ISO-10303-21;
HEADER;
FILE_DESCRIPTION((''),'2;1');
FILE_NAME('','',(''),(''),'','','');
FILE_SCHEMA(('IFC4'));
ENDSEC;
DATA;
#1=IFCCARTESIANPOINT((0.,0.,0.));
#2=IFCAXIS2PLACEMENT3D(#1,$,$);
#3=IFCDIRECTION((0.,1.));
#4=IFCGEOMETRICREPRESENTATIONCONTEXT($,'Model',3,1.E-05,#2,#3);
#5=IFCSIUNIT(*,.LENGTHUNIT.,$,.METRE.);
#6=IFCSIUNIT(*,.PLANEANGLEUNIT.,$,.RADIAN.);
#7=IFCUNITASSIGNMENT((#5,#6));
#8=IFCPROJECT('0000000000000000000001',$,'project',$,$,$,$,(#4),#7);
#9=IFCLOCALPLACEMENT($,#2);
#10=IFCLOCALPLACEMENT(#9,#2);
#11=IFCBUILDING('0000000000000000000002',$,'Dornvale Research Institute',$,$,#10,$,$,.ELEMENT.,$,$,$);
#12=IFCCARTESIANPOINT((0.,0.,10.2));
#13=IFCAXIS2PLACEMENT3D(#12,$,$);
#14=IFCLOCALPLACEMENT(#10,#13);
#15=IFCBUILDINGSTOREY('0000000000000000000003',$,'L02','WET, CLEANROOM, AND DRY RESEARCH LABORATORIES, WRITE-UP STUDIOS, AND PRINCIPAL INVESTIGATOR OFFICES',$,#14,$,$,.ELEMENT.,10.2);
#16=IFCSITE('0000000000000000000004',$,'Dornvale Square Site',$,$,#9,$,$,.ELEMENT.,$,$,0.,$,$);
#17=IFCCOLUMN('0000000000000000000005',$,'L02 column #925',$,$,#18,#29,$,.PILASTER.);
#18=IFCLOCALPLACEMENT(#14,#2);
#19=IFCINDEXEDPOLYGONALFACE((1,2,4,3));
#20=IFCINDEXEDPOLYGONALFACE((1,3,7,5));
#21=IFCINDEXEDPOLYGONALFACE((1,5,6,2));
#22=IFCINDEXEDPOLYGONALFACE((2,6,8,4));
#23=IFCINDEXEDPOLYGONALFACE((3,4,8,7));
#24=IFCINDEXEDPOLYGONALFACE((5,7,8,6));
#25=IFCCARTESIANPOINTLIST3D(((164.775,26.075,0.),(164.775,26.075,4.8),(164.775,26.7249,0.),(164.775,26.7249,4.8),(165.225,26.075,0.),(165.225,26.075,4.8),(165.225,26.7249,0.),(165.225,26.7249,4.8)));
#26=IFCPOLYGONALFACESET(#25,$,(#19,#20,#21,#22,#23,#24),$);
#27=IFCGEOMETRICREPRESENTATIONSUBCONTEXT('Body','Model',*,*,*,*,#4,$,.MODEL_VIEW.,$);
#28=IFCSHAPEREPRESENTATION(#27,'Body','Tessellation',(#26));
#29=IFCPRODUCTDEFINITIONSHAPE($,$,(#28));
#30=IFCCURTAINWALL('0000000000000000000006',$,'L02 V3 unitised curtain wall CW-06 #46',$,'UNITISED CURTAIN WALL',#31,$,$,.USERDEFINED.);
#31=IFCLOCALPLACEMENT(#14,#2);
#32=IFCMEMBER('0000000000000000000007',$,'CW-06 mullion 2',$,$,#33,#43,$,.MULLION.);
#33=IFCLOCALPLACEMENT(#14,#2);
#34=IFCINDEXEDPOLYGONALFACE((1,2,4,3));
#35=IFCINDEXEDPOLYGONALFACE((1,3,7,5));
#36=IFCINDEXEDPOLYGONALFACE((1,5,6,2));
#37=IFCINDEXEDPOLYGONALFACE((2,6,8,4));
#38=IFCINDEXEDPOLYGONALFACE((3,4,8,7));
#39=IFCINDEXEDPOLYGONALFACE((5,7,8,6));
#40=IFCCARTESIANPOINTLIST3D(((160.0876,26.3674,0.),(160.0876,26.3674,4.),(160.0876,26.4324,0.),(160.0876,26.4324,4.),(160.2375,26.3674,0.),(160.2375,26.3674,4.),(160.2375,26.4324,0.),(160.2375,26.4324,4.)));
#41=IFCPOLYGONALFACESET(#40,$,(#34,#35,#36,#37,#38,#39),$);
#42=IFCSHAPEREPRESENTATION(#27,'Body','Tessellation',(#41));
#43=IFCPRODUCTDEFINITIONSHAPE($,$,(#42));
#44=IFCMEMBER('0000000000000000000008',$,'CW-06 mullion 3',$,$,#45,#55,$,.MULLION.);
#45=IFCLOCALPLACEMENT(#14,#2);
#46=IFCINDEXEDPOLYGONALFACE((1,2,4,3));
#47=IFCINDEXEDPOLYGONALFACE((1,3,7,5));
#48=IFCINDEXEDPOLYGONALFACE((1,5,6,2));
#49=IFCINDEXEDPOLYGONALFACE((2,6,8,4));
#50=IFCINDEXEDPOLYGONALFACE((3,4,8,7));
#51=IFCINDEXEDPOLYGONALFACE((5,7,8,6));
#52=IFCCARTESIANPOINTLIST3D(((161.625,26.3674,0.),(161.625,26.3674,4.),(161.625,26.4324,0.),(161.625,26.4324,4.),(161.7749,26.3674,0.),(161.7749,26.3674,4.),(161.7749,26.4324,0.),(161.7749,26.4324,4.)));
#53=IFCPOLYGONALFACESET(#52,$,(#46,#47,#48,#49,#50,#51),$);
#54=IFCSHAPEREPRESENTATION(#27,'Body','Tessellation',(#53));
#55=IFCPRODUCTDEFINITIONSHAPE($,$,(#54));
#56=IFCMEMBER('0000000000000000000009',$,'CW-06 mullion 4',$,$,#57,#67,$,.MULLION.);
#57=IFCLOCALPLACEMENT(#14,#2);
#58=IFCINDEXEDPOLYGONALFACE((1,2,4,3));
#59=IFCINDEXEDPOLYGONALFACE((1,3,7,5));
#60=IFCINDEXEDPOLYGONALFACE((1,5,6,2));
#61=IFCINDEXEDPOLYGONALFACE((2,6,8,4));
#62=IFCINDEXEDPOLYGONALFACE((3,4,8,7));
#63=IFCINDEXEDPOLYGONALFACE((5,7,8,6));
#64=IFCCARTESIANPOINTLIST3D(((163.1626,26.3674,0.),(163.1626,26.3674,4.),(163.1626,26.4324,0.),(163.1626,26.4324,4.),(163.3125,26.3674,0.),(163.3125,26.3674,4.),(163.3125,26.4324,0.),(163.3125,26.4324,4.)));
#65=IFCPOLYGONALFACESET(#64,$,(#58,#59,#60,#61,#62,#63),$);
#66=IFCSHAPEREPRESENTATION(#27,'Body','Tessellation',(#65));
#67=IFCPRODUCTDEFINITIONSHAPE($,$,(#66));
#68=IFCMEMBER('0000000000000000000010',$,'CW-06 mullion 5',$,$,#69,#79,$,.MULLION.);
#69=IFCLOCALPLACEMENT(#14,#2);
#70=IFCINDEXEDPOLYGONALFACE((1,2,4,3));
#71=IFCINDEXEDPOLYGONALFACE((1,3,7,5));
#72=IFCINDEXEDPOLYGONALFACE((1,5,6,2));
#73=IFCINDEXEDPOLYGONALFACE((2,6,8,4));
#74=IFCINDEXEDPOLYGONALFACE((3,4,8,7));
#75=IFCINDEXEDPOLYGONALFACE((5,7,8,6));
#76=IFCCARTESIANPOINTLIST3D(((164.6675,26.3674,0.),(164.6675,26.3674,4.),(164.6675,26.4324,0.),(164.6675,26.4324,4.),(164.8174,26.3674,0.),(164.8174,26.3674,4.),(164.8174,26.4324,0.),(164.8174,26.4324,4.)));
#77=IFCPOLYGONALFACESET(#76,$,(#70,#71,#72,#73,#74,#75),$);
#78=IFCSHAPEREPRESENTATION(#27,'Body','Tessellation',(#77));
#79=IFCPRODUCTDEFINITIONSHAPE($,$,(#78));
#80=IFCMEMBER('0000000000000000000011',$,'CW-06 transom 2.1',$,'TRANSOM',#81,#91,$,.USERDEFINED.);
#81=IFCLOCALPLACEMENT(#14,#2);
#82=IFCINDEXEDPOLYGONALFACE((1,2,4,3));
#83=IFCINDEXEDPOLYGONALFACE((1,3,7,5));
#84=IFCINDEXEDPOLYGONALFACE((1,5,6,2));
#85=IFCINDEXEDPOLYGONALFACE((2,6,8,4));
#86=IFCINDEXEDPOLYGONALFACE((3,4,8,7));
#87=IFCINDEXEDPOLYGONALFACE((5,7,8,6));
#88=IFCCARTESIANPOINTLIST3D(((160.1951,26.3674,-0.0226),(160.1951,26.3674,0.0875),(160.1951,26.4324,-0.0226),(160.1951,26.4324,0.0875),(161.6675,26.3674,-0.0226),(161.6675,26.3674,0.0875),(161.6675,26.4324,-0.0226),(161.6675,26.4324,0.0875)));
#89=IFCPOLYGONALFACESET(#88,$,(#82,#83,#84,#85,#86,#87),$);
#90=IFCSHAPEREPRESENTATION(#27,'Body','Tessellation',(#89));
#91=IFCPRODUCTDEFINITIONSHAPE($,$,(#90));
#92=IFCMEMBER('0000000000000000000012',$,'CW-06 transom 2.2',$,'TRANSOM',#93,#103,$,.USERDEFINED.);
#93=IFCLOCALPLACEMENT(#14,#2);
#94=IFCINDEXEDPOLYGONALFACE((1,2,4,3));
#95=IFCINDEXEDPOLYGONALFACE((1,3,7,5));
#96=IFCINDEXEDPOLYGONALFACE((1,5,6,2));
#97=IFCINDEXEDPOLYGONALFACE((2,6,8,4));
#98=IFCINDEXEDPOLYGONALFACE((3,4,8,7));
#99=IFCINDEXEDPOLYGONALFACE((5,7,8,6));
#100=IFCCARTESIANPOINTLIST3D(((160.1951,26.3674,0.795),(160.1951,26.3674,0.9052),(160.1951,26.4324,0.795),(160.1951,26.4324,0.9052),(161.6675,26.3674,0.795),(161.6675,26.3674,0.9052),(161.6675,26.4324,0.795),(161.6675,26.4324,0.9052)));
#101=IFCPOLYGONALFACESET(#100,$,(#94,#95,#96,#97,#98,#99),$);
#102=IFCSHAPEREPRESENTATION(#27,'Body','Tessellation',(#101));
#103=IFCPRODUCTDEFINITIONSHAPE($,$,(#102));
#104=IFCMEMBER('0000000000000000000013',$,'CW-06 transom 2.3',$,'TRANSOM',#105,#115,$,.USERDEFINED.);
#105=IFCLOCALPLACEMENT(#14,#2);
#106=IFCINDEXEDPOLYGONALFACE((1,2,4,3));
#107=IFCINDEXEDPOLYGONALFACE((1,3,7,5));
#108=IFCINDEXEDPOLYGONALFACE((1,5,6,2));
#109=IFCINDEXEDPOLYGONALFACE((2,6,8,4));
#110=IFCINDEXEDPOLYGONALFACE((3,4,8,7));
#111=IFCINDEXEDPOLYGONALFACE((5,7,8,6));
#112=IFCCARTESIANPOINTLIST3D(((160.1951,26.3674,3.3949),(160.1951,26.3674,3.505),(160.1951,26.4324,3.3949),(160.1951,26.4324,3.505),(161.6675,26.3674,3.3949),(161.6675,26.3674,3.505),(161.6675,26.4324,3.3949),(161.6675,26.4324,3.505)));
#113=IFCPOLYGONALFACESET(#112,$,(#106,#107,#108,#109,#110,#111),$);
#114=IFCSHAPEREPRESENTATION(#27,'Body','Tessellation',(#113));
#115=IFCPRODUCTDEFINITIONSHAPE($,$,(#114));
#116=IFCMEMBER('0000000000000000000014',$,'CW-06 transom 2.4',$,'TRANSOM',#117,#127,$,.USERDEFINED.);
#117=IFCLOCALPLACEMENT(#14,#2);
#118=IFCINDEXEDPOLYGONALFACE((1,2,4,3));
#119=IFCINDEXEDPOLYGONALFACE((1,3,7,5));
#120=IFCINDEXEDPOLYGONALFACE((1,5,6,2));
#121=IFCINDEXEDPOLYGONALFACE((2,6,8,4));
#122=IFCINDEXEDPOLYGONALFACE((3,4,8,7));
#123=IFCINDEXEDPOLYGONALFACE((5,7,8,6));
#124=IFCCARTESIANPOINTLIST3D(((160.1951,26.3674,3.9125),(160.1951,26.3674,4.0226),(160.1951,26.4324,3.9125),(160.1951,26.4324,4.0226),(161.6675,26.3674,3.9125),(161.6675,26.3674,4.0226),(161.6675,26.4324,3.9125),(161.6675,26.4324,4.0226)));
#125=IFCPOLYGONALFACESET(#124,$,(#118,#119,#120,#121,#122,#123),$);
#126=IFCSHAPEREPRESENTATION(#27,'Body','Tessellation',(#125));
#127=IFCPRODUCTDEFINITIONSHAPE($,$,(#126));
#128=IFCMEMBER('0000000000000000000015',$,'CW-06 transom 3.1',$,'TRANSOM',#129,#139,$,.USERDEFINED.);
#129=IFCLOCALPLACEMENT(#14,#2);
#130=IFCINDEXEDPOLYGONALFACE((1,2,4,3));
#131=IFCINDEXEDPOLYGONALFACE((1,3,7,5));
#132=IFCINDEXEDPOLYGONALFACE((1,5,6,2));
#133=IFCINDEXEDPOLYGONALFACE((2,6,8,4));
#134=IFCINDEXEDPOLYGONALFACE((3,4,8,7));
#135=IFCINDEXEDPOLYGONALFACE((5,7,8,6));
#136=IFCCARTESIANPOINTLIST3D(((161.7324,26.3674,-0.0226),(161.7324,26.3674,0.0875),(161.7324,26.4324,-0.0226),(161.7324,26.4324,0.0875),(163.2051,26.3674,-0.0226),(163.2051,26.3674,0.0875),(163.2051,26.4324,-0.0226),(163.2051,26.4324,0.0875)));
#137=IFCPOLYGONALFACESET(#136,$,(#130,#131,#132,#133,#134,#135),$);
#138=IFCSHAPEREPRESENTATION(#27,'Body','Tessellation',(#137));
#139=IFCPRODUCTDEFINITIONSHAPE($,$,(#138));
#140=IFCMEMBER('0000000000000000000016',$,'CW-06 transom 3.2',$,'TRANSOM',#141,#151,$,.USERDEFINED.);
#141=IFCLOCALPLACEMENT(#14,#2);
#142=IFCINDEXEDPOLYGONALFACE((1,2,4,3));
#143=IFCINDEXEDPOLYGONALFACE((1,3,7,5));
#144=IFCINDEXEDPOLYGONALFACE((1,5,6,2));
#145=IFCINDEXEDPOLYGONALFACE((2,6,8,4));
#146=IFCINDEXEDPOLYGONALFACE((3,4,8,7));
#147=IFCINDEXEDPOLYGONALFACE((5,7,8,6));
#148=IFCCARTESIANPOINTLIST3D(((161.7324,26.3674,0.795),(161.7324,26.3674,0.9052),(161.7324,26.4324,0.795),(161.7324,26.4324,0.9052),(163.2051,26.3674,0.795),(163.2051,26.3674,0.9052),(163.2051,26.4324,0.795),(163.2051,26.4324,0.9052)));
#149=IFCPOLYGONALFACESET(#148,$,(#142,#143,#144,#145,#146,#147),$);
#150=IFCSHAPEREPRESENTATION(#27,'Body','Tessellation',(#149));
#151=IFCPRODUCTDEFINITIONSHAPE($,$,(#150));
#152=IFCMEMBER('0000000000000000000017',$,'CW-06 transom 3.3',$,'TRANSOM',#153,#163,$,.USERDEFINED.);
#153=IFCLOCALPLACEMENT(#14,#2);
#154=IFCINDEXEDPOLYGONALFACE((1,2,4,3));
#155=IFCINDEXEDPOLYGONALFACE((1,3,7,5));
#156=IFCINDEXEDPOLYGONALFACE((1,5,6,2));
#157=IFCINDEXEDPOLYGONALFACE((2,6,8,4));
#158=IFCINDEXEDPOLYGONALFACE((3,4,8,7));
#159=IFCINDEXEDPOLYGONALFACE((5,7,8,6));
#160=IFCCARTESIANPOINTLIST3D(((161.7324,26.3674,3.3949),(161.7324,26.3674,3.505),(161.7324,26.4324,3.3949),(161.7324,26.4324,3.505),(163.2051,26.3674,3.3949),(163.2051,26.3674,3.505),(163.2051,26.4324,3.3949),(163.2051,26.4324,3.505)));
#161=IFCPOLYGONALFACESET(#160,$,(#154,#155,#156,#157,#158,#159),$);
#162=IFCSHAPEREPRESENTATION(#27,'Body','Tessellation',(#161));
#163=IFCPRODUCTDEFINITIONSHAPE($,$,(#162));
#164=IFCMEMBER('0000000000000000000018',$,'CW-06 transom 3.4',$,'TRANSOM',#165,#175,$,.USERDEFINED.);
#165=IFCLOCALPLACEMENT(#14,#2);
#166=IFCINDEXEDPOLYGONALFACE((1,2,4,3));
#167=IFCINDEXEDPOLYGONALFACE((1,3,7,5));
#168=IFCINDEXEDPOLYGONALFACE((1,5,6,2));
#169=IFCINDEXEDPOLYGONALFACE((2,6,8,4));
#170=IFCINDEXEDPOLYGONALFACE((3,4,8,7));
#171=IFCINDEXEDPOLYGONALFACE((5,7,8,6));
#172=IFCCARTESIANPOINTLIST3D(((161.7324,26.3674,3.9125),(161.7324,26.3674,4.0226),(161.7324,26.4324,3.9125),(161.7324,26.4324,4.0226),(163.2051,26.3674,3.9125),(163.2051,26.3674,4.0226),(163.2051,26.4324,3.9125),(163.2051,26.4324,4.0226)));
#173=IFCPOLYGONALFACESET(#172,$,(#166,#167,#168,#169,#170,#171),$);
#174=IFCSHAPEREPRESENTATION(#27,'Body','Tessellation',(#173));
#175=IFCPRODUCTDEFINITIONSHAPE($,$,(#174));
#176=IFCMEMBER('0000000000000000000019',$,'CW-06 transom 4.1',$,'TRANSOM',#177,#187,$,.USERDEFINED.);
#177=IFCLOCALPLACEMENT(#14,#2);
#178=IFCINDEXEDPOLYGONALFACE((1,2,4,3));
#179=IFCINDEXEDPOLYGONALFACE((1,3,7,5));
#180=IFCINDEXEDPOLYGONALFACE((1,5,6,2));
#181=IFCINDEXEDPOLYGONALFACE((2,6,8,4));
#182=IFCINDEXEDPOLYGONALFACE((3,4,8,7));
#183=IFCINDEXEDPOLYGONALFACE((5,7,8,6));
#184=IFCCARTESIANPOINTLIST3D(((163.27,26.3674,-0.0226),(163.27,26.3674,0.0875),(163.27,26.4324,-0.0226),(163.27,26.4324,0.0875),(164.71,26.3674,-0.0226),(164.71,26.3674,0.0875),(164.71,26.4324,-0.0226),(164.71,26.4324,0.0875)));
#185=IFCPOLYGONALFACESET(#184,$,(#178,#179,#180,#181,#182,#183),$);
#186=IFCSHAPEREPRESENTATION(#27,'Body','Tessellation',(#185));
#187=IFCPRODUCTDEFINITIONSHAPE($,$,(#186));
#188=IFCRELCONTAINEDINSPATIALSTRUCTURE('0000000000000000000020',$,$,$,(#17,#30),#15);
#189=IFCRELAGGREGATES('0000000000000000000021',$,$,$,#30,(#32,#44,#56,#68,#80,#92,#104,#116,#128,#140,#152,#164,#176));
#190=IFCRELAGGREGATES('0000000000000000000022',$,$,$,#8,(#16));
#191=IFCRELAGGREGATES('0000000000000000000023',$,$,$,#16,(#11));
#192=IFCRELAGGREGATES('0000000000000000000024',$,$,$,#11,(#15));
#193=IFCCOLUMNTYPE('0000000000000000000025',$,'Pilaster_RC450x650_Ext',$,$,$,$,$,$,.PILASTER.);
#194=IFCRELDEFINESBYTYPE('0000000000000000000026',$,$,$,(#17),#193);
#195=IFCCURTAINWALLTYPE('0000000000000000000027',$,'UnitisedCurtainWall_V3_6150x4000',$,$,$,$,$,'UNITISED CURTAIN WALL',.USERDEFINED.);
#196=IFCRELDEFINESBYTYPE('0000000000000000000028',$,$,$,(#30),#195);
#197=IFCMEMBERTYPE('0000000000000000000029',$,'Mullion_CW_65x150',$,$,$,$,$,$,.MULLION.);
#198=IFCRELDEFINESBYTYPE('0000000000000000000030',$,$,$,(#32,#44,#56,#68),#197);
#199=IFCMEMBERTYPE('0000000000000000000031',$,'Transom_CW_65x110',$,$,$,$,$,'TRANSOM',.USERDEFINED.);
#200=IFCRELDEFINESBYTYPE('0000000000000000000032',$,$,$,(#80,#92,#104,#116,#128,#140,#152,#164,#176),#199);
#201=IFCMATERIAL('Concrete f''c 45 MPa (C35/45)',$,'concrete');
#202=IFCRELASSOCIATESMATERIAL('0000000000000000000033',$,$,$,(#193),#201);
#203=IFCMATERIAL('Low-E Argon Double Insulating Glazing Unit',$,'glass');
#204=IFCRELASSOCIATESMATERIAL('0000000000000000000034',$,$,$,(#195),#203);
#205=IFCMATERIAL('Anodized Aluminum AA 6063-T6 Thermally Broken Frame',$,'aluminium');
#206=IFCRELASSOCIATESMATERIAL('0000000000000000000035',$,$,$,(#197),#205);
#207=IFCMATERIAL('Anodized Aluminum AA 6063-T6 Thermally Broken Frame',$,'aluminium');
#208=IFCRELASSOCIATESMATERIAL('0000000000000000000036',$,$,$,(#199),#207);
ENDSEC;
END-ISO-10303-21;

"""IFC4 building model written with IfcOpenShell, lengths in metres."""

from ifc_helpers import new_model, si_unit, direction, frame, origin, origin_2d, place, context, subcontext, project, spatial, rectangle, extrude, material, material_profile, profile_set, type_object, element, aggregate, save


model = new_model("IFC4")

# Units and contexts
model_context = context("Model", 3, precision=1e-05, world=origin(), true_north=direction((0.0, 1.0)))
body_context = subcontext(model_context, "Body", "Model", "MODEL_VIEW")
ifc_project = project(units=[si_unit("LENGTHUNIT", "METRE"), si_unit("PLANEANGLEUNIT", "RADIAN")], contexts=[model_context])

# Site, building, storey
site_placement = place(None, origin())
site = spatial("IfcSite", under=ifc_project, at=site_placement, Name="Dornvale Square Site", CompositionType="ELEMENT", RefElevation=0.0)
building_placement = place(site_placement, origin())
building = spatial("IfcBuilding", under=site, at=building_placement, Name="Dornvale Research Institute", CompositionType="ELEMENT")
storey_placement = place(building_placement, frame((0.0, 0.0, 10.2)))
storey = spatial("IfcBuildingStorey", under=building, at=storey_placement, Name="L02", Description="WET, CLEANROOM, AND DRY RESEARCH LABORATORIES, WRITE-UP STUDIOS, AND PRINCIPAL INVESTIGATOR OFFICES", CompositionType="ELEMENT", Elevation=10.2)

# Column
ifc_material_1 = material(Name="Concrete f'c 45 MPa (C35/45)", Category="concrete")
ifc_material_profile_1 = material_profile(ifc_material_1, rectangle(XDim=0.45, YDim=0.6499, at=origin_2d()), Name="RC 450x650")
ifc_profile_set_1 = profile_set([ifc_material_profile_1], Name="Concrete f'c 45 MPa (C35/45)")
column_type = type_object("IfcColumnType", Name="Pilaster_RC450x650_Ext", PredefinedType="PILASTER", material=ifc_profile_set_1)
column_placement = place(storey_placement, frame((165.0, 26.3999, 0.0), z_axis=(0.0, 0.0, 1.0), x_axis=(1.0, 0.0, 0.0)))
element("IfcColumn", 1, at=column_placement, inside=storey, type_object=column_type, Name="L02 column #925", PredefinedType="PILASTER", context=body_context, shape_type="SweptSolid", body=[
    extrude(rectangle(XDim=0.45, YDim=0.6499, at=origin_2d()), origin(), (0.0, 0.0, 1.0), 4.8),
])

# Curtain wall, members
ifc_material_2 = material(Name="Low-E Argon Double Insulating Glazing Unit", Category="glass")
curtain_wall_type = type_object("IfcCurtainWallType", Name="UnitisedCurtainWall_V3_6150x4000", ElementType="UNITISED CURTAIN WALL", PredefinedType="USERDEFINED", material=ifc_material_2)
curtain_wall_placement = place(storey_placement, origin())
curtain_wall = element("IfcCurtainWall", 2, at=curtain_wall_placement, inside=storey, type_object=curtain_wall_type, Name="L02 V3 unitised curtain wall CW-06 #46", ObjectType="UNITISED CURTAIN WALL", PredefinedType="USERDEFINED")
ifc_material_3 = material(Name="Anodized Aluminum AA 6063-T6 Thermally Broken Frame", Category="aluminium")
ifc_material_profile_2 = material_profile(ifc_material_3, rectangle(XDim=0.0649, YDim=0.1499, at=origin_2d()), Name="ALU MULLION 65x150")
ifc_profile_set_2 = profile_set([ifc_material_profile_2], Name="Anodized Aluminum AA 6063-T6 Thermally Broken Frame")
member_type_1 = type_object("IfcMemberType", Name="Mullion_CW_65x150", PredefinedType="MULLION", material=ifc_profile_set_2)
member_1_placement = place(storey_placement, frame((160.1626, 26.3999, 0.0), z_axis=(0.0, 0.0, 1.0), x_axis=(0.0, 1.0, 0.0)))
member_1 = element("IfcMember", 3, at=member_1_placement, type_object=member_type_1, Name="CW-06 mullion 2", PredefinedType="MULLION", context=body_context, shape_type="SweptSolid", body=[
    extrude(rectangle(XDim=0.0649, YDim=0.1499, at=origin_2d()), origin(), (0.0, 0.0, 1.0), 4.0),
])
member_2_placement = place(storey_placement, frame((161.7, 26.3999, 0.0), z_axis=(0.0, 0.0, 1.0), x_axis=(0.0, 1.0, 0.0)))
member_2 = element("IfcMember", 4, at=member_2_placement, type_object=member_type_1, Name="CW-06 mullion 3", PredefinedType="MULLION", context=body_context, shape_type="SweptSolid", body=[
    extrude(rectangle(XDim=0.0649, YDim=0.1499, at=origin_2d()), origin(), (0.0, 0.0, 1.0), 4.0),
])
member_3_placement = place(storey_placement, frame((163.2375, 26.3999, 0.0), z_axis=(0.0, 0.0, 1.0), x_axis=(0.0, 1.0, 0.0)))
member_3 = element("IfcMember", 5, at=member_3_placement, type_object=member_type_1, Name="CW-06 mullion 4", PredefinedType="MULLION", context=body_context, shape_type="SweptSolid", body=[
    extrude(rectangle(XDim=0.0649, YDim=0.1499, at=origin_2d()), origin(), (0.0, 0.0, 1.0), 4.0),
])
member_4_placement = place(storey_placement, frame((164.7424, 26.3999, 0.0), z_axis=(0.0, 0.0, 1.0), x_axis=(0.0, 1.0, 0.0)))
member_4 = element("IfcMember", 6, at=member_4_placement, type_object=member_type_1, Name="CW-06 mullion 5", PredefinedType="MULLION", context=body_context, shape_type="SweptSolid", body=[
    extrude(rectangle(XDim=0.0649, YDim=0.1499, at=origin_2d()), origin(), (0.0, 0.0, 1.0), 4.0),
])
ifc_material_4 = material(Name="Anodized Aluminum AA 6063-T6 Thermally Broken Frame", Category="aluminium")
ifc_material_profile_3 = material_profile(ifc_material_4, rectangle(XDim=0.0649, YDim=0.1101, at=origin_2d()), Name="ALU TRANSOM 65x110")
ifc_profile_set_3 = profile_set([ifc_material_profile_3], Name="Anodized Aluminum AA 6063-T6 Thermally Broken Frame")
member_type_2 = type_object("IfcMemberType", Name="Transom_CW_65x110", ElementType="TRANSOM", PredefinedType="USERDEFINED", material=ifc_profile_set_3)
member_5_placement = place(storey_placement, frame((160.1951, 26.3999, 0.0325), z_axis=(1.0, 0.0, 0.0), x_axis=(0.0, 1.0, 0.0)))
member_5 = element("IfcMember", 7, at=member_5_placement, type_object=member_type_2, Name="CW-06 transom 2.1", ObjectType="TRANSOM", PredefinedType="USERDEFINED", context=body_context, shape_type="SweptSolid", body=[
    extrude(rectangle(XDim=0.0649, YDim=0.1101, at=origin_2d()), origin(), (0.0, 0.0, 1.0), 1.4724),
])
member_6_placement = place(storey_placement, frame((160.1951, 26.3999, 0.8501), z_axis=(1.0, 0.0, 0.0), x_axis=(0.0, 1.0, 0.0)))
member_6 = element("IfcMember", 8, at=member_6_placement, type_object=member_type_2, Name="CW-06 transom 2.2", ObjectType="TRANSOM", PredefinedType="USERDEFINED", context=body_context, shape_type="SweptSolid", body=[
    extrude(rectangle(XDim=0.0649, YDim=0.1101, at=origin_2d()), origin(), (0.0, 0.0, 1.0), 1.4724),
])
member_7_placement = place(storey_placement, frame((160.1951, 26.3999, 3.45), z_axis=(1.0, 0.0, 0.0), x_axis=(0.0, 1.0, 0.0)))
member_7 = element("IfcMember", 9, at=member_7_placement, type_object=member_type_2, Name="CW-06 transom 2.3", ObjectType="TRANSOM", PredefinedType="USERDEFINED", context=body_context, shape_type="SweptSolid", body=[
    extrude(rectangle(XDim=0.0649, YDim=0.1101, at=origin_2d()), origin(), (0.0, 0.0, 1.0), 1.4724),
])
member_8_placement = place(storey_placement, frame((160.1951, 26.3999, 3.9675), z_axis=(1.0, 0.0, 0.0), x_axis=(0.0, 1.0, 0.0)))
member_8 = element("IfcMember", 10, at=member_8_placement, type_object=member_type_2, Name="CW-06 transom 2.4", ObjectType="TRANSOM", PredefinedType="USERDEFINED", context=body_context, shape_type="SweptSolid", body=[
    extrude(rectangle(XDim=0.0649, YDim=0.1101, at=origin_2d()), origin(), (0.0, 0.0, 1.0), 1.4724),
])
member_9_placement = place(storey_placement, frame((161.7324, 26.3999, 0.0325), z_axis=(1.0, 0.0, 0.0), x_axis=(0.0, 1.0, 0.0)))
member_9 = element("IfcMember", 11, at=member_9_placement, type_object=member_type_2, Name="CW-06 transom 3.1", ObjectType="TRANSOM", PredefinedType="USERDEFINED", context=body_context, shape_type="SweptSolid", body=[
    extrude(rectangle(XDim=0.0649, YDim=0.1101, at=origin_2d()), origin(), (0.0, 0.0, 1.0), 1.4727),
])
member_10_placement = place(storey_placement, frame((161.7324, 26.3999, 0.8501), z_axis=(1.0, 0.0, 0.0), x_axis=(0.0, 1.0, 0.0)))
member_10 = element("IfcMember", 12, at=member_10_placement, type_object=member_type_2, Name="CW-06 transom 3.2", ObjectType="TRANSOM", PredefinedType="USERDEFINED", context=body_context, shape_type="SweptSolid", body=[
    extrude(rectangle(XDim=0.0649, YDim=0.1101, at=origin_2d()), origin(), (0.0, 0.0, 1.0), 1.4727),
])
member_11_placement = place(storey_placement, frame((161.7324, 26.3999, 3.45), z_axis=(1.0, 0.0, 0.0), x_axis=(0.0, 1.0, 0.0)))
member_11 = element("IfcMember", 13, at=member_11_placement, type_object=member_type_2, Name="CW-06 transom 3.3", ObjectType="TRANSOM", PredefinedType="USERDEFINED", context=body_context, shape_type="SweptSolid", body=[
    extrude(rectangle(XDim=0.0649, YDim=0.1101, at=origin_2d()), origin(), (0.0, 0.0, 1.0), 1.4727),
])
member_12_placement = place(storey_placement, frame((161.7324, 26.3999, 3.9675), z_axis=(1.0, 0.0, 0.0), x_axis=(0.0, 1.0, 0.0)))
member_12 = element("IfcMember", 14, at=member_12_placement, type_object=member_type_2, Name="CW-06 transom 3.4", ObjectType="TRANSOM", PredefinedType="USERDEFINED", context=body_context, shape_type="SweptSolid", body=[
    extrude(rectangle(XDim=0.0649, YDim=0.1101, at=origin_2d()), origin(), (0.0, 0.0, 1.0), 1.4727),
])
member_13_placement = place(storey_placement, frame((163.27, 26.3999, 0.0325), z_axis=(1.0, 0.0, 0.0), x_axis=(0.0, 1.0, 0.0)))
member_13 = element("IfcMember", 15, at=member_13_placement, type_object=member_type_2, Name="CW-06 transom 4.1", ObjectType="TRANSOM", PredefinedType="USERDEFINED", context=body_context, shape_type="SweptSolid", body=[
    extrude(rectangle(XDim=0.0649, YDim=0.1101, at=origin_2d()), origin(), (0.0, 0.0, 1.0), 1.4399),
])
aggregate(curtain_wall, [member_1, member_2, member_3, member_4, member_5, member_6, member_7, member_8, member_9, member_10, member_11, member_12, member_13])

save(model, "model.ifc")
